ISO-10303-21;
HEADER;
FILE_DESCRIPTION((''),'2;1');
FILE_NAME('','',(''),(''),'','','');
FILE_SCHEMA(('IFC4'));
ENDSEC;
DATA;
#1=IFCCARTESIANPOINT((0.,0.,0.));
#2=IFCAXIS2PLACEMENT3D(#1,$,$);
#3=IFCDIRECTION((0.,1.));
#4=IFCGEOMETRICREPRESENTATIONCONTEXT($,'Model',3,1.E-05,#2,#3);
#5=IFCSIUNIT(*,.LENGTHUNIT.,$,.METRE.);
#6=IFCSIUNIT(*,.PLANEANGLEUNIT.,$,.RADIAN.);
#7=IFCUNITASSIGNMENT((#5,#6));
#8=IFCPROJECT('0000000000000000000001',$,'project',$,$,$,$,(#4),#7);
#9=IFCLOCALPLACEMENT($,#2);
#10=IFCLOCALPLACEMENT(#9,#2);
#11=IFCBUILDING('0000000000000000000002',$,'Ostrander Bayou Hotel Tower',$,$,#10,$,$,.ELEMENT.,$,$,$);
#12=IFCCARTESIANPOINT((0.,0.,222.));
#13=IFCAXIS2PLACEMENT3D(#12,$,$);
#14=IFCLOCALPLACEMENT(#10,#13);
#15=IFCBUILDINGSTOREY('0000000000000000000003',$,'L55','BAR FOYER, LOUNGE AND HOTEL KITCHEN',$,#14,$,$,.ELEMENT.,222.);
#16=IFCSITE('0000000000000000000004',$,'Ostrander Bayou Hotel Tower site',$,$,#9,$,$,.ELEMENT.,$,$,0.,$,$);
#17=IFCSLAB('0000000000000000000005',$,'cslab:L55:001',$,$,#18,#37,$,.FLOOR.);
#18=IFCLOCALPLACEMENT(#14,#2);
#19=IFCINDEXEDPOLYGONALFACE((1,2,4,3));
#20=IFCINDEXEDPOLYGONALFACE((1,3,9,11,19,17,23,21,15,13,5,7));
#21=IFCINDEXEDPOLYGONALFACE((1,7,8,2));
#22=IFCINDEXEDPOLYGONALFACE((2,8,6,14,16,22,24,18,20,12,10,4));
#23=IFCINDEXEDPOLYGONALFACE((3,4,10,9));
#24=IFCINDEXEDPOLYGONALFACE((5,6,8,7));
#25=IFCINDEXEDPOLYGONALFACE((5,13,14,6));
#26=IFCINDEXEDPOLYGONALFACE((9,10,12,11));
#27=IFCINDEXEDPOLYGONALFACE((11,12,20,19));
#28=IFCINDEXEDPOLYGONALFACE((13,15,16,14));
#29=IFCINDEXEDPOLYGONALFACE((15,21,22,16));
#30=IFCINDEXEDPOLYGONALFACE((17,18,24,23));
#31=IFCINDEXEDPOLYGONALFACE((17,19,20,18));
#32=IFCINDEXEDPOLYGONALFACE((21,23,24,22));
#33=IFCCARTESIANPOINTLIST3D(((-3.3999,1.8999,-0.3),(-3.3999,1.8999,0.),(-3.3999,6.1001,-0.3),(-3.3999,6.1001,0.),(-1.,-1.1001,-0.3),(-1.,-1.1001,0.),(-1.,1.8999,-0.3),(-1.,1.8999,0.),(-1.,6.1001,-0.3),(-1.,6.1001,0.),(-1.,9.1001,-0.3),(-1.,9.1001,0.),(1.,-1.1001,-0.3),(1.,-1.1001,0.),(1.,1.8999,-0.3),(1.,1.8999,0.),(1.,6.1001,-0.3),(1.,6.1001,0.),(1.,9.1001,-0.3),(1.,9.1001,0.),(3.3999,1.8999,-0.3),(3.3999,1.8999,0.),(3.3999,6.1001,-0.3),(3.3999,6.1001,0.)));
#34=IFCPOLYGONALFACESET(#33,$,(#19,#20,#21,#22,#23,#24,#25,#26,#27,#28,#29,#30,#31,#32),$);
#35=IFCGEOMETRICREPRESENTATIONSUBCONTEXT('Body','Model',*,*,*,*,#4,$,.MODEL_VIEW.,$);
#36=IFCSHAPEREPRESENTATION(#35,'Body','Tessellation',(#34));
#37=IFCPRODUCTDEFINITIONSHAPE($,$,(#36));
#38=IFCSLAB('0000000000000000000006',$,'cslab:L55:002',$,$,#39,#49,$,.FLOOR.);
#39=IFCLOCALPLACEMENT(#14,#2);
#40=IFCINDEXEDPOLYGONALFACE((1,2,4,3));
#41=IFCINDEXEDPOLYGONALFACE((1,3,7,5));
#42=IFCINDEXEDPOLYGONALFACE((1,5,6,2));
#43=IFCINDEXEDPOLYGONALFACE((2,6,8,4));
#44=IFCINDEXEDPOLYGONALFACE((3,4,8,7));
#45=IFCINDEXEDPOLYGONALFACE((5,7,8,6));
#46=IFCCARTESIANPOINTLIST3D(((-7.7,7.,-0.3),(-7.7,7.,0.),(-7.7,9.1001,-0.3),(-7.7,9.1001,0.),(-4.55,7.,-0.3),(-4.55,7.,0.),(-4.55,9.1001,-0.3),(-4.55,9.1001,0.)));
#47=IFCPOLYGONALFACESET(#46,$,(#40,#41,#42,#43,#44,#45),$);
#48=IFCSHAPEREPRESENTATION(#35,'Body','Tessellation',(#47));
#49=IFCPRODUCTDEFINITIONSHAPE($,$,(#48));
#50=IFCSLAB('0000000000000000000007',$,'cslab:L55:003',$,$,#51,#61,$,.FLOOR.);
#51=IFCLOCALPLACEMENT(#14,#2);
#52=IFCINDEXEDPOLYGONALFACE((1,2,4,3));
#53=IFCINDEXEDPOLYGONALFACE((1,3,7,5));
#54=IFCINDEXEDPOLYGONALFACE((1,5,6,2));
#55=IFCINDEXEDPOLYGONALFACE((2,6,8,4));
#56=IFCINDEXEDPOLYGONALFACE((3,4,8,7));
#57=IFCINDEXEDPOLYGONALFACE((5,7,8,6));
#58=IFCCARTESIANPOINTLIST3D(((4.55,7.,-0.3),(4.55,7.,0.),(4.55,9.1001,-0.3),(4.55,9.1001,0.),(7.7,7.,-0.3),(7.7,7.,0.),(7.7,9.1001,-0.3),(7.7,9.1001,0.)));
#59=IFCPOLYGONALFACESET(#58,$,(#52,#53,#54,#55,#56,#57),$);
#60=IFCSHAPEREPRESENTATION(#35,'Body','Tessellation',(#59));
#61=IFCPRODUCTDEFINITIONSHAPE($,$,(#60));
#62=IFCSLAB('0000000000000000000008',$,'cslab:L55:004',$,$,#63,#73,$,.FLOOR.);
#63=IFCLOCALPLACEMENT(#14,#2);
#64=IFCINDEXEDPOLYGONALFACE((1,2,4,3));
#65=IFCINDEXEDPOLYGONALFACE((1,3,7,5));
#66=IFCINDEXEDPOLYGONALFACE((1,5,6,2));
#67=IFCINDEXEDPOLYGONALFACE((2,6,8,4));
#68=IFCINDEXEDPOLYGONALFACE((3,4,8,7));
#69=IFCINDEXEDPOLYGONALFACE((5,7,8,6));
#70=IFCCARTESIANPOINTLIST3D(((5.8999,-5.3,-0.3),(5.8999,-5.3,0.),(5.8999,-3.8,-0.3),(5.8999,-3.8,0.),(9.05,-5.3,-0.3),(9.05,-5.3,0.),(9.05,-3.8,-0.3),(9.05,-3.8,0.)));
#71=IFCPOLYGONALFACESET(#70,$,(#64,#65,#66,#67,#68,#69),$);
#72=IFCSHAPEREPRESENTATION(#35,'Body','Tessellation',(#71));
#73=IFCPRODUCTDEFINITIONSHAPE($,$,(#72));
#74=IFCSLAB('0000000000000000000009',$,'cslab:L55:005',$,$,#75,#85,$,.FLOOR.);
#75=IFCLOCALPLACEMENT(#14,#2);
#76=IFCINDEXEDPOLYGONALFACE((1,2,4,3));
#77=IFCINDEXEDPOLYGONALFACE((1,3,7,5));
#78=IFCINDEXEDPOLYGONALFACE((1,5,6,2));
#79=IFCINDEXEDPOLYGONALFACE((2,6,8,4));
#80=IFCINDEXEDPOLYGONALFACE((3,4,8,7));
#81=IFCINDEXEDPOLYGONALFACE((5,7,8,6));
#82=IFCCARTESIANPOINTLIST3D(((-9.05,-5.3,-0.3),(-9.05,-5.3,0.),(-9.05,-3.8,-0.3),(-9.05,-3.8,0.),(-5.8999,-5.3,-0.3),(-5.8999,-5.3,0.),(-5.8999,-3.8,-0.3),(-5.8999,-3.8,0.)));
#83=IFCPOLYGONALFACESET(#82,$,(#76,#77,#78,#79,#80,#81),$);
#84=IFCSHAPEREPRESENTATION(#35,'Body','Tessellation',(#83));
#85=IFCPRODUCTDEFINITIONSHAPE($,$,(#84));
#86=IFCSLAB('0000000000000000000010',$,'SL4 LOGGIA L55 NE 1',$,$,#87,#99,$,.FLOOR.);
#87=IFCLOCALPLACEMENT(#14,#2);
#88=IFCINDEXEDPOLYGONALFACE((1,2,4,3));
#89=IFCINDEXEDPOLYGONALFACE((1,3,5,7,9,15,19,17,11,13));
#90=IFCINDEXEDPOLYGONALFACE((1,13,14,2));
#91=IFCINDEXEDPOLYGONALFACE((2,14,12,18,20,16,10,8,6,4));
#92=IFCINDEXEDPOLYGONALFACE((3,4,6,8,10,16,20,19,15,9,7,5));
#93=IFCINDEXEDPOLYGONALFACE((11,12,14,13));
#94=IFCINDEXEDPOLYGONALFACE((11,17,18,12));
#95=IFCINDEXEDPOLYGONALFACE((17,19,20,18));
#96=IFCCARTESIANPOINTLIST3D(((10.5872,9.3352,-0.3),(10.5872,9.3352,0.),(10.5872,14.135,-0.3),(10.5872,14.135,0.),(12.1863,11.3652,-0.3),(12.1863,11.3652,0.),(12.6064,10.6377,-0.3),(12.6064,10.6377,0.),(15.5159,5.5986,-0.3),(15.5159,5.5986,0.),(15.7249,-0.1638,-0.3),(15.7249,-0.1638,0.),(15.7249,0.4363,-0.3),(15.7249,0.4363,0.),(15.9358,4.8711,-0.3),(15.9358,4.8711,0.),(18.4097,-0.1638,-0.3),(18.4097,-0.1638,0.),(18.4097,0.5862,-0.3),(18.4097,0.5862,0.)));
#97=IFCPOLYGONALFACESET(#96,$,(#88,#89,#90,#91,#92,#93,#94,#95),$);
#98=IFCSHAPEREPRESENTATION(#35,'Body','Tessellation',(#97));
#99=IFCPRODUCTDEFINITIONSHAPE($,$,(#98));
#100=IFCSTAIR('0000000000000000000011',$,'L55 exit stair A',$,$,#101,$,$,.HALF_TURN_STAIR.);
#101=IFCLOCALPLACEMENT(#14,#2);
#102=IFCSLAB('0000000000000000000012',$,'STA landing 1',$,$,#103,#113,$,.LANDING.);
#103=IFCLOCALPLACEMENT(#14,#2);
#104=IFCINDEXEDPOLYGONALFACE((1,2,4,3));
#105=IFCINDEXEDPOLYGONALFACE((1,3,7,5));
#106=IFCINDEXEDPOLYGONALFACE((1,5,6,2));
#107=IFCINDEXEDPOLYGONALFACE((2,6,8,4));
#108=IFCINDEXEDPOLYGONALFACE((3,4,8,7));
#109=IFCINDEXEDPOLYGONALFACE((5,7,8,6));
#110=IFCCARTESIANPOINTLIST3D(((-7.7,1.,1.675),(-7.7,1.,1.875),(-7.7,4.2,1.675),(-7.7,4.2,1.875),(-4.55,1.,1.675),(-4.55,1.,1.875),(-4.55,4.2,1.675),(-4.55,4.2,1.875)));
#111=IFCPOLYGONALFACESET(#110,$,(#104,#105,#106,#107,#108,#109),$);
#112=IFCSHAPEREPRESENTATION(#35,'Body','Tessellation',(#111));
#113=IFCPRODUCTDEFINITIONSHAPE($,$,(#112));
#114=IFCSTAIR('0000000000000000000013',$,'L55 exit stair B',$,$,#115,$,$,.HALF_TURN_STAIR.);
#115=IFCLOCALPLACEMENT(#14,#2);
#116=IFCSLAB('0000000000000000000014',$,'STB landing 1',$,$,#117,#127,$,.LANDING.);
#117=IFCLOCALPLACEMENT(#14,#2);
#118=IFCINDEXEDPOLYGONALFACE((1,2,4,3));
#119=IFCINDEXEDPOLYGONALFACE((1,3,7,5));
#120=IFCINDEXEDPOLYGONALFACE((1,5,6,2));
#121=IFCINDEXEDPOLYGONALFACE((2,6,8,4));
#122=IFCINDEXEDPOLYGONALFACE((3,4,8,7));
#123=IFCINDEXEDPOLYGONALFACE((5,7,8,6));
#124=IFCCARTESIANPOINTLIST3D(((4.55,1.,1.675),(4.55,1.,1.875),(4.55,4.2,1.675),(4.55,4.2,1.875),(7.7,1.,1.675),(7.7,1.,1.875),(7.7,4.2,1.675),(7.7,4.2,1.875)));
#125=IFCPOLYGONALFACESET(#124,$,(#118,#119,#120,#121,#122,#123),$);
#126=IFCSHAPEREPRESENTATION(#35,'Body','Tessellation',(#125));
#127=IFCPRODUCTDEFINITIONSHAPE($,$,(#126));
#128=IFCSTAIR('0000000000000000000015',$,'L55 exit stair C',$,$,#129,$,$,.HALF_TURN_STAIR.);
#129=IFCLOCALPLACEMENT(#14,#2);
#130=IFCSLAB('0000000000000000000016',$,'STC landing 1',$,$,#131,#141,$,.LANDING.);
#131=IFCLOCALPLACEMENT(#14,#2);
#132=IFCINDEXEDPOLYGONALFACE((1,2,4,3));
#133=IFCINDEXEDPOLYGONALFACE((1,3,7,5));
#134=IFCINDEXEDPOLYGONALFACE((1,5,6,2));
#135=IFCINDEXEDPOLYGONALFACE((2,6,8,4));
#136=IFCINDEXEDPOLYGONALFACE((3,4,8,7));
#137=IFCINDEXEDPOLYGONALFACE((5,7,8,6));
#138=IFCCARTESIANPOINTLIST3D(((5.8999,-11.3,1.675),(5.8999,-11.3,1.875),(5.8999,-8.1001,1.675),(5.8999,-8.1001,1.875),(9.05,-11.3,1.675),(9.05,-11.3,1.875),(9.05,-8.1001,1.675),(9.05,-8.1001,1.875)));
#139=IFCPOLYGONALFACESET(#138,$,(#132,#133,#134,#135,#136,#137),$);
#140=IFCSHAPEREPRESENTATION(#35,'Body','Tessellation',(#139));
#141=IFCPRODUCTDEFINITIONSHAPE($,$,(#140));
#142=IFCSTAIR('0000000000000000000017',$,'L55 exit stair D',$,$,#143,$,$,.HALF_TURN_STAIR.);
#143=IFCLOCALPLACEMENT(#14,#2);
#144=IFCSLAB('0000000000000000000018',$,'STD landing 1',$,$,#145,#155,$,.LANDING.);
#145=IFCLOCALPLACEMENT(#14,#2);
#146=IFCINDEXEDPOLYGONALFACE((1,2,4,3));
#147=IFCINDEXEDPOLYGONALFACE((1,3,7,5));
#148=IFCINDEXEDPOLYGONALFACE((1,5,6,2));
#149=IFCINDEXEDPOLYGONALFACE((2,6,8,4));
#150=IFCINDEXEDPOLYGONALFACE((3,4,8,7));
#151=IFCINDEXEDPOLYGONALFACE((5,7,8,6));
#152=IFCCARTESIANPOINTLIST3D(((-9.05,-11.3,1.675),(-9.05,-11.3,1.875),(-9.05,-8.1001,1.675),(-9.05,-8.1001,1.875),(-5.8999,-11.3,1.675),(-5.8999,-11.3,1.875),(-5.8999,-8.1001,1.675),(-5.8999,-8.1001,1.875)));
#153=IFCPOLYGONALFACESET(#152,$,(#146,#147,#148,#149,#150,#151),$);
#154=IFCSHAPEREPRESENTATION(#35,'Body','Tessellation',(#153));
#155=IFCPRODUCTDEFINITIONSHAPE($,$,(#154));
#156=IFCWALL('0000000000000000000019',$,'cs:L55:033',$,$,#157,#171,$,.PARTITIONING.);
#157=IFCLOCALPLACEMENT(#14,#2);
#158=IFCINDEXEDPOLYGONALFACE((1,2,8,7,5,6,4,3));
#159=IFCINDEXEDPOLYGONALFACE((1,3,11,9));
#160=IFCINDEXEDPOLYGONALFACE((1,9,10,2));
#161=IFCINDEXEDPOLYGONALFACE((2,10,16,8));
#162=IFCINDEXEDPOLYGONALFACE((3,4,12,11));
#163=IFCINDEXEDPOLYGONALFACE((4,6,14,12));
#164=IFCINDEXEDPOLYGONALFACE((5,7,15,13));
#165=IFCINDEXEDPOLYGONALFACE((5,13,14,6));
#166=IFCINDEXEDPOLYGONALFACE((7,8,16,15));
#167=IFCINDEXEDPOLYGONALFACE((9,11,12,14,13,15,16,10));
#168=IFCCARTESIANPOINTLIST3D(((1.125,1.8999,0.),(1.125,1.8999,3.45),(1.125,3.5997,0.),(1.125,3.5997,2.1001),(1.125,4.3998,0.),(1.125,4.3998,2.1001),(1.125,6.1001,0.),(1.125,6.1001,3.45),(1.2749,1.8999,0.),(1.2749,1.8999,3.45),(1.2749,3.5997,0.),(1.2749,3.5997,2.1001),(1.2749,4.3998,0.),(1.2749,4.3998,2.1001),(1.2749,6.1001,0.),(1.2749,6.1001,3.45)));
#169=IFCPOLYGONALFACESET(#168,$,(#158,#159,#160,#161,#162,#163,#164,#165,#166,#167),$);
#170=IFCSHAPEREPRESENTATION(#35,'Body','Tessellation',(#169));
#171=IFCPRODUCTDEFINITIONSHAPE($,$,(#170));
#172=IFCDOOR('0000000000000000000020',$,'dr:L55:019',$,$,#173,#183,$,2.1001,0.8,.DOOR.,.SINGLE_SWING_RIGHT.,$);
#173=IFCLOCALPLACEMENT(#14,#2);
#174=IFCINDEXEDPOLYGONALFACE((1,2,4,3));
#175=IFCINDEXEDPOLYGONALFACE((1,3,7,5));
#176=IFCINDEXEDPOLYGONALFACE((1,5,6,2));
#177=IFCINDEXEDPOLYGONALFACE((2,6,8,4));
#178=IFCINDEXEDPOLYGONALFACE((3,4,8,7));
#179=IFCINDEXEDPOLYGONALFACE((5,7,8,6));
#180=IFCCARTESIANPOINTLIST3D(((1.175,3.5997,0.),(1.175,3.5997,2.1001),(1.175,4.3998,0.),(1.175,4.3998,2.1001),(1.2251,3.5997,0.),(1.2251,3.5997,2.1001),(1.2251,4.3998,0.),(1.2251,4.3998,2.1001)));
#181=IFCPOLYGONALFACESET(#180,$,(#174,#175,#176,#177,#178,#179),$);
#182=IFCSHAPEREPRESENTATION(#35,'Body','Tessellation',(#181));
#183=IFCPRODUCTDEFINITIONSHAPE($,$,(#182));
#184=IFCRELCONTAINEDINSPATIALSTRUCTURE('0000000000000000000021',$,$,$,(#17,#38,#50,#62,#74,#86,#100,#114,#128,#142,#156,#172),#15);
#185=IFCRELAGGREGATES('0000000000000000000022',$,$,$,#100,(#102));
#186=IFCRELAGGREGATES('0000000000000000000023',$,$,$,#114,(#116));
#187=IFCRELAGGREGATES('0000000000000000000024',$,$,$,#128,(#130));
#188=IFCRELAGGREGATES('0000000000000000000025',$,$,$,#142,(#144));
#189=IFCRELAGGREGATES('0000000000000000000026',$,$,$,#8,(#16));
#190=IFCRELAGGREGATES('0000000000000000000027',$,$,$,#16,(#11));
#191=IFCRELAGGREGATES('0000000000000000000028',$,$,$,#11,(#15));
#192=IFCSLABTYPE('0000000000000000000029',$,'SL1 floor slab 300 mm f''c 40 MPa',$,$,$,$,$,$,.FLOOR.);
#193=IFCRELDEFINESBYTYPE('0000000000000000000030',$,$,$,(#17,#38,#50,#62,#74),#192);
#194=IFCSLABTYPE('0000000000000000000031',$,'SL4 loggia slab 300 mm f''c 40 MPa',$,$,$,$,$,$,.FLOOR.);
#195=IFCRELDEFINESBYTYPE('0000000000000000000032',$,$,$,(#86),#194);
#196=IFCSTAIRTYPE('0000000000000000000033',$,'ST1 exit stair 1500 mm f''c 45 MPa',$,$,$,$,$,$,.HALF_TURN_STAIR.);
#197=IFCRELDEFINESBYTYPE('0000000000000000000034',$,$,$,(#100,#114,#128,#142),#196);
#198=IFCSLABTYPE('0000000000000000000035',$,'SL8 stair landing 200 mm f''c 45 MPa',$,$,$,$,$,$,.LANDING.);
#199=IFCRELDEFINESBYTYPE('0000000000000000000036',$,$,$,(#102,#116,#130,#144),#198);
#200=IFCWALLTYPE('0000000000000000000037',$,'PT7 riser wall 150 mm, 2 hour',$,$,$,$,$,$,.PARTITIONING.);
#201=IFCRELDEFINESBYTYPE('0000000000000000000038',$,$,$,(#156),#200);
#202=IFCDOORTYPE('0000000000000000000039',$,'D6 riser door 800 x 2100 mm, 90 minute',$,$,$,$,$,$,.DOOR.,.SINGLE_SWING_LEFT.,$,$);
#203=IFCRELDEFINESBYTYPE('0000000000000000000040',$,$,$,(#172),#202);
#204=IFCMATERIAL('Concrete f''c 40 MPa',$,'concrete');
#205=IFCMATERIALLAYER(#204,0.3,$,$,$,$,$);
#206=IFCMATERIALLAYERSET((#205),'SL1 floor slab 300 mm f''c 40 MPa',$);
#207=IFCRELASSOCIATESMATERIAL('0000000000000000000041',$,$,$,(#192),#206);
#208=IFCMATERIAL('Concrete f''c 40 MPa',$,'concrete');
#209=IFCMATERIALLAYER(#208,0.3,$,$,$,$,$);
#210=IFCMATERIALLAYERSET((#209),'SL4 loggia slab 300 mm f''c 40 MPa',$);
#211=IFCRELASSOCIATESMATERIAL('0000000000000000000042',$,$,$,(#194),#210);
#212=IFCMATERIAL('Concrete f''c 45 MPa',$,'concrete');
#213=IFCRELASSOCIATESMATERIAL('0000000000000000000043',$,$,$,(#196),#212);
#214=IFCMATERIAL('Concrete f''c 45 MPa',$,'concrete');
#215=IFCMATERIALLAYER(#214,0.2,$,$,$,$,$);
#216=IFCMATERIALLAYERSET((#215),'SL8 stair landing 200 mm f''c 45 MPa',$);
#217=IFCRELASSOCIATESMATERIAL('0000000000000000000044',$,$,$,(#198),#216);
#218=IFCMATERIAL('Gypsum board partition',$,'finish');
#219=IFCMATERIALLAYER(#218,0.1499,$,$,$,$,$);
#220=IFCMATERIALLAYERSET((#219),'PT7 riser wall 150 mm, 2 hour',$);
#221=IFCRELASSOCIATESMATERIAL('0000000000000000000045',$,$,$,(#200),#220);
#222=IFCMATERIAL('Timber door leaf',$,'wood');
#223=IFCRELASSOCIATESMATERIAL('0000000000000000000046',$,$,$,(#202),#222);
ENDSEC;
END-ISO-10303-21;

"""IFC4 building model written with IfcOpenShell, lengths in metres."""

from ifc_helpers import new_model, si_unit, direction, frame, frame_2d, origin, place, context, subcontext, project, spatial, polyline, rectangle, outline, extrude, material, layer, layer_set, type_object, element, fill, aggregate, save


model = new_model("IFC4")

# Units and contexts
model_context = context("Model", 3, precision=1e-05, world=origin(), true_north=direction((0.0, 1.0)))
body_context = subcontext(model_context, "Body", "Model", "MODEL_VIEW")
ifc_project = project(units=[si_unit("LENGTHUNIT", "METRE"), si_unit("PLANEANGLEUNIT", "RADIAN")], contexts=[model_context])

# Site, building, storey
site_placement = place(None, origin())
site = spatial("IfcSite", under=ifc_project, at=site_placement, Name="Ostrander Bayou Hotel Tower site", CompositionType="ELEMENT", RefElevation=0.0)
building_placement = place(site_placement, origin())
building = spatial("IfcBuilding", under=site, at=building_placement, Name="Ostrander Bayou Hotel Tower", CompositionType="ELEMENT")
storey_placement = place(building_placement, frame((0.0, 0.0, 222.0)))
storey = spatial("IfcBuildingStorey", under=building, at=storey_placement, Name="L55", Description="BAR FOYER, LOUNGE AND HOTEL KITCHEN", CompositionType="ELEMENT", Elevation=222.0)

# Slabs
ifc_material_1 = material(Name="Concrete f'c 40 MPa", Category="concrete")
ifc_layer_1 = layer(ifc_material_1, 0.3)
ifc_layer_set_1 = layer_set([ifc_layer_1], Name="SL1 floor slab 300 mm f'c 40 MPa")
slab_type_1 = type_object("IfcSlabType", Name="SL1 floor slab 300 mm f'c 40 MPa", PredefinedType="FLOOR", material=ifc_layer_set_1)
slab_1_placement = place(storey_placement, frame((0.0, 0.0, -0.3)))
element("IfcSlab", 1, at=slab_1_placement, inside=storey, type_object=slab_type_1, Name="cslab:L55:001", PredefinedType="FLOOR", context=body_context, shape_type="SweptSolid", body=[
    extrude(outline(polyline([(-3.3999, 6.1001), (-1.0, 6.1001), (-1.0, 9.1001), (1.0, 9.1001), (1.0, 6.1001), (3.3999, 6.1001), (3.3999, 1.8999), (1.0, 1.8999), (1.0, -1.1001), (-1.0, -1.1001), (-1.0, 1.8999), (-3.3999, 1.8999), (-3.3999, 6.1001)])), origin(), (0.0, 0.0, 1.0), 0.3),
])
slab_2_placement = place(storey_placement, frame((0.0, 0.0, -0.3)))
element("IfcSlab", 2, at=slab_2_placement, inside=storey, type_object=slab_type_1, Name="cslab:L55:002", PredefinedType="FLOOR", context=body_context, shape_type="SweptSolid", body=[
    extrude(outline(polyline([(-4.55, 7.0), (-4.55, 9.1001), (-7.7, 9.1001), (-7.7, 7.0), (-4.55, 7.0)])), origin(), (0.0, 0.0, 1.0), 0.3),
])
slab_3_placement = place(storey_placement, frame((0.0, 0.0, -0.3)))
element("IfcSlab", 3, at=slab_3_placement, inside=storey, type_object=slab_type_1, Name="cslab:L55:003", PredefinedType="FLOOR", context=body_context, shape_type="SweptSolid", body=[
    extrude(outline(polyline([(7.7, 7.0), (7.7, 9.1001), (4.55, 9.1001), (4.55, 7.0), (7.7, 7.0)])), origin(), (0.0, 0.0, 1.0), 0.3),
])
slab_4_placement = place(storey_placement, frame((0.0, 0.0, -0.3)))
element("IfcSlab", 4, at=slab_4_placement, inside=storey, type_object=slab_type_1, Name="cslab:L55:004", PredefinedType="FLOOR", context=body_context, shape_type="SweptSolid", body=[
    extrude(outline(polyline([(9.05, -5.3), (9.05, -3.8), (5.8999, -3.8), (5.8999, -5.3), (9.05, -5.3)])), origin(), (0.0, 0.0, 1.0), 0.3),
])
slab_5_placement = place(storey_placement, frame((0.0, 0.0, -0.3)))
element("IfcSlab", 5, at=slab_5_placement, inside=storey, type_object=slab_type_1, Name="cslab:L55:005", PredefinedType="FLOOR", context=body_context, shape_type="SweptSolid", body=[
    extrude(outline(polyline([(-5.8999, -5.3), (-5.8999, -3.8), (-9.05, -3.8), (-9.05, -5.3), (-5.8999, -5.3)])), origin(), (0.0, 0.0, 1.0), 0.3),
])
ifc_material_2 = material(Name="Concrete f'c 40 MPa", Category="concrete")
ifc_layer_2 = layer(ifc_material_2, 0.3)
ifc_layer_set_2 = layer_set([ifc_layer_2], Name="SL4 loggia slab 300 mm f'c 40 MPa")
slab_type_2 = type_object("IfcSlabType", Name="SL4 loggia slab 300 mm f'c 40 MPa", PredefinedType="FLOOR", material=ifc_layer_set_2)
slab_6_placement = place(storey_placement, frame((0.0, 0.0, -0.3)))
element("IfcSlab", 6, at=slab_6_placement, inside=storey, type_object=slab_type_2, Name="SL4 LOGGIA L55 NE 1", PredefinedType="FLOOR", context=body_context, shape_type="SweptSolid", body=[
    extrude(outline(polyline([(10.5872, 14.135), (12.1863, 11.3652), (12.6064, 10.6377), (15.5159, 5.5986), (15.9358, 4.8711), (18.4097, 0.5862), (18.4097, -0.1638), (15.7249, -0.1638), (15.7249, 0.4363), (10.5872, 9.3352), (10.5872, 14.135)])), origin(), (0.0, 0.0, 1.0), 0.3),
])

# Stairs, slabs
ifc_material_3 = material(Name="Concrete f'c 45 MPa", Category="concrete")
stair_type = type_object("IfcStairType", Name="ST1 exit stair 1500 mm f'c 45 MPa", PredefinedType="HALF_TURN_STAIR", material=ifc_material_3)
stair_1_placement = place(storey_placement, origin())
stair_1 = element("IfcStair", 7, at=stair_1_placement, inside=storey, type_object=stair_type, Name="L55 exit stair A", PredefinedType="HALF_TURN_STAIR")
ifc_material_4 = material(Name="Concrete f'c 45 MPa", Category="concrete")
ifc_layer_3 = layer(ifc_material_4, 0.2)
ifc_layer_set_3 = layer_set([ifc_layer_3], Name="SL8 stair landing 200 mm f'c 45 MPa")
slab_type_3 = type_object("IfcSlabType", Name="SL8 stair landing 200 mm f'c 45 MPa", PredefinedType="LANDING", material=ifc_layer_set_3)
slab_7_placement = place(storey_placement, frame((0.0, 0.0, 1.675)))
slab_7 = element("IfcSlab", 8, at=slab_7_placement, type_object=slab_type_3, Name="STA landing 1", PredefinedType="LANDING", context=body_context, shape_type="SweptSolid", body=[
    extrude(outline(polyline([(-7.7, 4.2), (-7.7, 1.0), (-4.55, 1.0), (-4.55, 4.2), (-7.7, 4.2)])), origin(), (0.0, 0.0, 1.0), 0.2),
])
aggregate(stair_1, [slab_7])
stair_2_placement = place(storey_placement, origin())
stair_2 = element("IfcStair", 9, at=stair_2_placement, inside=storey, type_object=stair_type, Name="L55 exit stair B", PredefinedType="HALF_TURN_STAIR")
slab_8_placement = place(storey_placement, frame((0.0, 0.0, 1.675)))
slab_8 = element("IfcSlab", 10, at=slab_8_placement, type_object=slab_type_3, Name="STB landing 1", PredefinedType="LANDING", context=body_context, shape_type="SweptSolid", body=[
    extrude(outline(polyline([(4.55, 4.2), (4.55, 1.0), (7.7, 1.0), (7.7, 4.2), (4.55, 4.2)])), origin(), (0.0, 0.0, 1.0), 0.2),
])
aggregate(stair_2, [slab_8])
stair_3_placement = place(storey_placement, origin())
stair_3 = element("IfcStair", 11, at=stair_3_placement, inside=storey, type_object=stair_type, Name="L55 exit stair C", PredefinedType="HALF_TURN_STAIR")
slab_9_placement = place(storey_placement, frame((0.0, 0.0, 1.675)))
slab_9 = element("IfcSlab", 12, at=slab_9_placement, type_object=slab_type_3, Name="STC landing 1", PredefinedType="LANDING", context=body_context, shape_type="SweptSolid", body=[
    extrude(outline(polyline([(5.8999, -8.1001), (5.8999, -11.3), (9.05, -11.3), (9.05, -8.1001), (5.8999, -8.1001)])), origin(), (0.0, 0.0, 1.0), 0.2),
])
aggregate(stair_3, [slab_9])
stair_4_placement = place(storey_placement, origin())
stair_4 = element("IfcStair", 13, at=stair_4_placement, inside=storey, type_object=stair_type, Name="L55 exit stair D", PredefinedType="HALF_TURN_STAIR")
slab_10_placement = place(storey_placement, frame((0.0, 0.0, 1.675)))
slab_10 = element("IfcSlab", 14, at=slab_10_placement, type_object=slab_type_3, Name="STD landing 1", PredefinedType="LANDING", context=body_context, shape_type="SweptSolid", body=[
    extrude(outline(polyline([(-9.05, -8.1001), (-9.05, -11.3), (-5.8999, -11.3), (-5.8999, -8.1001), (-9.05, -8.1001)])), origin(), (0.0, 0.0, 1.0), 0.2),
])
aggregate(stair_4, [slab_10])

# Wall, opening, door
ifc_material_5 = material(Name="Gypsum board partition", Category="finish")
ifc_layer_4 = layer(ifc_material_5, 0.1499)
ifc_layer_set_4 = layer_set([ifc_layer_4], Name="PT7 riser wall 150 mm, 2 hour")
wall_type_1 = type_object("IfcWallType", Name="PT7 riser wall 150 mm, 2 hour", PredefinedType="PARTITIONING", material=ifc_layer_set_4)
wall_1_placement = place(storey_placement, frame((1.2, 1.8999, 0.0), z_axis=(0.0, 0.0, 1.0), x_axis=(0.0, 1.0, 0.0)))
wall_1 = element("IfcWall", 15, at=wall_1_placement, inside=storey, type_object=wall_type_1, Name="cs:L55:033", PredefinedType="PARTITIONING", context=body_context, shape_type="SweptSolid", body=[
    extrude(rectangle(XDim=4.2002, YDim=0.1499, at=frame_2d((2.1001, 0.0))), origin(), (0.0, 0.0, 1.0), 3.45),
])
opening_1_placement = place(wall_1_placement, frame((1.7, 0.0, 0.0)))
opening_1 = element("IfcOpeningElement", 16, at=opening_1_placement, cuts=wall_1, PredefinedType="OPENING", context=body_context, shape_type="SweptSolid", body=[
    extrude(rectangle(XDim=0.8, YDim=2.1001, at=frame_2d((0.3999, 1.05))), frame((0.0, 0.075, 0.0), z_axis=(0.0, -1.0, 0.0), x_axis=(1.0, 0.0, 0.0)), (0.0, 0.0, 1.0), 0.1499),
])
ifc_material_6 = material(Name="Timber door leaf", Category="wood")
door_type_1 = type_object("IfcDoorType", Name="D6 riser door 800 x 2100 mm, 90 minute", OperationType="SINGLE_SWING_LEFT", PredefinedType="DOOR", material=ifc_material_6)
door_1_placement = place(opening_1_placement, origin())
door_1 = element("IfcDoor", 17, at=door_1_placement, inside=storey, type_object=door_type_1, Name="dr:L55:019", OperationType="SINGLE_SWING_RIGHT", OverallHeight=2.1001, OverallWidth=0.8, PredefinedType="DOOR", context=body_context, shape_type="SweptSolid", body=[
    extrude(rectangle(XDim=0.8, YDim=2.1001, at=frame_2d((0.3999, 1.05))), frame((0.0, 0.0249, 0.0), z_axis=(0.0, -1.0, 0.0), x_axis=(1.0, 0.0, 0.0)), (0.0, 0.0, 1.0), 0.05),
])
fill(opening_1, door_1)

save(model, "model.ifc")
